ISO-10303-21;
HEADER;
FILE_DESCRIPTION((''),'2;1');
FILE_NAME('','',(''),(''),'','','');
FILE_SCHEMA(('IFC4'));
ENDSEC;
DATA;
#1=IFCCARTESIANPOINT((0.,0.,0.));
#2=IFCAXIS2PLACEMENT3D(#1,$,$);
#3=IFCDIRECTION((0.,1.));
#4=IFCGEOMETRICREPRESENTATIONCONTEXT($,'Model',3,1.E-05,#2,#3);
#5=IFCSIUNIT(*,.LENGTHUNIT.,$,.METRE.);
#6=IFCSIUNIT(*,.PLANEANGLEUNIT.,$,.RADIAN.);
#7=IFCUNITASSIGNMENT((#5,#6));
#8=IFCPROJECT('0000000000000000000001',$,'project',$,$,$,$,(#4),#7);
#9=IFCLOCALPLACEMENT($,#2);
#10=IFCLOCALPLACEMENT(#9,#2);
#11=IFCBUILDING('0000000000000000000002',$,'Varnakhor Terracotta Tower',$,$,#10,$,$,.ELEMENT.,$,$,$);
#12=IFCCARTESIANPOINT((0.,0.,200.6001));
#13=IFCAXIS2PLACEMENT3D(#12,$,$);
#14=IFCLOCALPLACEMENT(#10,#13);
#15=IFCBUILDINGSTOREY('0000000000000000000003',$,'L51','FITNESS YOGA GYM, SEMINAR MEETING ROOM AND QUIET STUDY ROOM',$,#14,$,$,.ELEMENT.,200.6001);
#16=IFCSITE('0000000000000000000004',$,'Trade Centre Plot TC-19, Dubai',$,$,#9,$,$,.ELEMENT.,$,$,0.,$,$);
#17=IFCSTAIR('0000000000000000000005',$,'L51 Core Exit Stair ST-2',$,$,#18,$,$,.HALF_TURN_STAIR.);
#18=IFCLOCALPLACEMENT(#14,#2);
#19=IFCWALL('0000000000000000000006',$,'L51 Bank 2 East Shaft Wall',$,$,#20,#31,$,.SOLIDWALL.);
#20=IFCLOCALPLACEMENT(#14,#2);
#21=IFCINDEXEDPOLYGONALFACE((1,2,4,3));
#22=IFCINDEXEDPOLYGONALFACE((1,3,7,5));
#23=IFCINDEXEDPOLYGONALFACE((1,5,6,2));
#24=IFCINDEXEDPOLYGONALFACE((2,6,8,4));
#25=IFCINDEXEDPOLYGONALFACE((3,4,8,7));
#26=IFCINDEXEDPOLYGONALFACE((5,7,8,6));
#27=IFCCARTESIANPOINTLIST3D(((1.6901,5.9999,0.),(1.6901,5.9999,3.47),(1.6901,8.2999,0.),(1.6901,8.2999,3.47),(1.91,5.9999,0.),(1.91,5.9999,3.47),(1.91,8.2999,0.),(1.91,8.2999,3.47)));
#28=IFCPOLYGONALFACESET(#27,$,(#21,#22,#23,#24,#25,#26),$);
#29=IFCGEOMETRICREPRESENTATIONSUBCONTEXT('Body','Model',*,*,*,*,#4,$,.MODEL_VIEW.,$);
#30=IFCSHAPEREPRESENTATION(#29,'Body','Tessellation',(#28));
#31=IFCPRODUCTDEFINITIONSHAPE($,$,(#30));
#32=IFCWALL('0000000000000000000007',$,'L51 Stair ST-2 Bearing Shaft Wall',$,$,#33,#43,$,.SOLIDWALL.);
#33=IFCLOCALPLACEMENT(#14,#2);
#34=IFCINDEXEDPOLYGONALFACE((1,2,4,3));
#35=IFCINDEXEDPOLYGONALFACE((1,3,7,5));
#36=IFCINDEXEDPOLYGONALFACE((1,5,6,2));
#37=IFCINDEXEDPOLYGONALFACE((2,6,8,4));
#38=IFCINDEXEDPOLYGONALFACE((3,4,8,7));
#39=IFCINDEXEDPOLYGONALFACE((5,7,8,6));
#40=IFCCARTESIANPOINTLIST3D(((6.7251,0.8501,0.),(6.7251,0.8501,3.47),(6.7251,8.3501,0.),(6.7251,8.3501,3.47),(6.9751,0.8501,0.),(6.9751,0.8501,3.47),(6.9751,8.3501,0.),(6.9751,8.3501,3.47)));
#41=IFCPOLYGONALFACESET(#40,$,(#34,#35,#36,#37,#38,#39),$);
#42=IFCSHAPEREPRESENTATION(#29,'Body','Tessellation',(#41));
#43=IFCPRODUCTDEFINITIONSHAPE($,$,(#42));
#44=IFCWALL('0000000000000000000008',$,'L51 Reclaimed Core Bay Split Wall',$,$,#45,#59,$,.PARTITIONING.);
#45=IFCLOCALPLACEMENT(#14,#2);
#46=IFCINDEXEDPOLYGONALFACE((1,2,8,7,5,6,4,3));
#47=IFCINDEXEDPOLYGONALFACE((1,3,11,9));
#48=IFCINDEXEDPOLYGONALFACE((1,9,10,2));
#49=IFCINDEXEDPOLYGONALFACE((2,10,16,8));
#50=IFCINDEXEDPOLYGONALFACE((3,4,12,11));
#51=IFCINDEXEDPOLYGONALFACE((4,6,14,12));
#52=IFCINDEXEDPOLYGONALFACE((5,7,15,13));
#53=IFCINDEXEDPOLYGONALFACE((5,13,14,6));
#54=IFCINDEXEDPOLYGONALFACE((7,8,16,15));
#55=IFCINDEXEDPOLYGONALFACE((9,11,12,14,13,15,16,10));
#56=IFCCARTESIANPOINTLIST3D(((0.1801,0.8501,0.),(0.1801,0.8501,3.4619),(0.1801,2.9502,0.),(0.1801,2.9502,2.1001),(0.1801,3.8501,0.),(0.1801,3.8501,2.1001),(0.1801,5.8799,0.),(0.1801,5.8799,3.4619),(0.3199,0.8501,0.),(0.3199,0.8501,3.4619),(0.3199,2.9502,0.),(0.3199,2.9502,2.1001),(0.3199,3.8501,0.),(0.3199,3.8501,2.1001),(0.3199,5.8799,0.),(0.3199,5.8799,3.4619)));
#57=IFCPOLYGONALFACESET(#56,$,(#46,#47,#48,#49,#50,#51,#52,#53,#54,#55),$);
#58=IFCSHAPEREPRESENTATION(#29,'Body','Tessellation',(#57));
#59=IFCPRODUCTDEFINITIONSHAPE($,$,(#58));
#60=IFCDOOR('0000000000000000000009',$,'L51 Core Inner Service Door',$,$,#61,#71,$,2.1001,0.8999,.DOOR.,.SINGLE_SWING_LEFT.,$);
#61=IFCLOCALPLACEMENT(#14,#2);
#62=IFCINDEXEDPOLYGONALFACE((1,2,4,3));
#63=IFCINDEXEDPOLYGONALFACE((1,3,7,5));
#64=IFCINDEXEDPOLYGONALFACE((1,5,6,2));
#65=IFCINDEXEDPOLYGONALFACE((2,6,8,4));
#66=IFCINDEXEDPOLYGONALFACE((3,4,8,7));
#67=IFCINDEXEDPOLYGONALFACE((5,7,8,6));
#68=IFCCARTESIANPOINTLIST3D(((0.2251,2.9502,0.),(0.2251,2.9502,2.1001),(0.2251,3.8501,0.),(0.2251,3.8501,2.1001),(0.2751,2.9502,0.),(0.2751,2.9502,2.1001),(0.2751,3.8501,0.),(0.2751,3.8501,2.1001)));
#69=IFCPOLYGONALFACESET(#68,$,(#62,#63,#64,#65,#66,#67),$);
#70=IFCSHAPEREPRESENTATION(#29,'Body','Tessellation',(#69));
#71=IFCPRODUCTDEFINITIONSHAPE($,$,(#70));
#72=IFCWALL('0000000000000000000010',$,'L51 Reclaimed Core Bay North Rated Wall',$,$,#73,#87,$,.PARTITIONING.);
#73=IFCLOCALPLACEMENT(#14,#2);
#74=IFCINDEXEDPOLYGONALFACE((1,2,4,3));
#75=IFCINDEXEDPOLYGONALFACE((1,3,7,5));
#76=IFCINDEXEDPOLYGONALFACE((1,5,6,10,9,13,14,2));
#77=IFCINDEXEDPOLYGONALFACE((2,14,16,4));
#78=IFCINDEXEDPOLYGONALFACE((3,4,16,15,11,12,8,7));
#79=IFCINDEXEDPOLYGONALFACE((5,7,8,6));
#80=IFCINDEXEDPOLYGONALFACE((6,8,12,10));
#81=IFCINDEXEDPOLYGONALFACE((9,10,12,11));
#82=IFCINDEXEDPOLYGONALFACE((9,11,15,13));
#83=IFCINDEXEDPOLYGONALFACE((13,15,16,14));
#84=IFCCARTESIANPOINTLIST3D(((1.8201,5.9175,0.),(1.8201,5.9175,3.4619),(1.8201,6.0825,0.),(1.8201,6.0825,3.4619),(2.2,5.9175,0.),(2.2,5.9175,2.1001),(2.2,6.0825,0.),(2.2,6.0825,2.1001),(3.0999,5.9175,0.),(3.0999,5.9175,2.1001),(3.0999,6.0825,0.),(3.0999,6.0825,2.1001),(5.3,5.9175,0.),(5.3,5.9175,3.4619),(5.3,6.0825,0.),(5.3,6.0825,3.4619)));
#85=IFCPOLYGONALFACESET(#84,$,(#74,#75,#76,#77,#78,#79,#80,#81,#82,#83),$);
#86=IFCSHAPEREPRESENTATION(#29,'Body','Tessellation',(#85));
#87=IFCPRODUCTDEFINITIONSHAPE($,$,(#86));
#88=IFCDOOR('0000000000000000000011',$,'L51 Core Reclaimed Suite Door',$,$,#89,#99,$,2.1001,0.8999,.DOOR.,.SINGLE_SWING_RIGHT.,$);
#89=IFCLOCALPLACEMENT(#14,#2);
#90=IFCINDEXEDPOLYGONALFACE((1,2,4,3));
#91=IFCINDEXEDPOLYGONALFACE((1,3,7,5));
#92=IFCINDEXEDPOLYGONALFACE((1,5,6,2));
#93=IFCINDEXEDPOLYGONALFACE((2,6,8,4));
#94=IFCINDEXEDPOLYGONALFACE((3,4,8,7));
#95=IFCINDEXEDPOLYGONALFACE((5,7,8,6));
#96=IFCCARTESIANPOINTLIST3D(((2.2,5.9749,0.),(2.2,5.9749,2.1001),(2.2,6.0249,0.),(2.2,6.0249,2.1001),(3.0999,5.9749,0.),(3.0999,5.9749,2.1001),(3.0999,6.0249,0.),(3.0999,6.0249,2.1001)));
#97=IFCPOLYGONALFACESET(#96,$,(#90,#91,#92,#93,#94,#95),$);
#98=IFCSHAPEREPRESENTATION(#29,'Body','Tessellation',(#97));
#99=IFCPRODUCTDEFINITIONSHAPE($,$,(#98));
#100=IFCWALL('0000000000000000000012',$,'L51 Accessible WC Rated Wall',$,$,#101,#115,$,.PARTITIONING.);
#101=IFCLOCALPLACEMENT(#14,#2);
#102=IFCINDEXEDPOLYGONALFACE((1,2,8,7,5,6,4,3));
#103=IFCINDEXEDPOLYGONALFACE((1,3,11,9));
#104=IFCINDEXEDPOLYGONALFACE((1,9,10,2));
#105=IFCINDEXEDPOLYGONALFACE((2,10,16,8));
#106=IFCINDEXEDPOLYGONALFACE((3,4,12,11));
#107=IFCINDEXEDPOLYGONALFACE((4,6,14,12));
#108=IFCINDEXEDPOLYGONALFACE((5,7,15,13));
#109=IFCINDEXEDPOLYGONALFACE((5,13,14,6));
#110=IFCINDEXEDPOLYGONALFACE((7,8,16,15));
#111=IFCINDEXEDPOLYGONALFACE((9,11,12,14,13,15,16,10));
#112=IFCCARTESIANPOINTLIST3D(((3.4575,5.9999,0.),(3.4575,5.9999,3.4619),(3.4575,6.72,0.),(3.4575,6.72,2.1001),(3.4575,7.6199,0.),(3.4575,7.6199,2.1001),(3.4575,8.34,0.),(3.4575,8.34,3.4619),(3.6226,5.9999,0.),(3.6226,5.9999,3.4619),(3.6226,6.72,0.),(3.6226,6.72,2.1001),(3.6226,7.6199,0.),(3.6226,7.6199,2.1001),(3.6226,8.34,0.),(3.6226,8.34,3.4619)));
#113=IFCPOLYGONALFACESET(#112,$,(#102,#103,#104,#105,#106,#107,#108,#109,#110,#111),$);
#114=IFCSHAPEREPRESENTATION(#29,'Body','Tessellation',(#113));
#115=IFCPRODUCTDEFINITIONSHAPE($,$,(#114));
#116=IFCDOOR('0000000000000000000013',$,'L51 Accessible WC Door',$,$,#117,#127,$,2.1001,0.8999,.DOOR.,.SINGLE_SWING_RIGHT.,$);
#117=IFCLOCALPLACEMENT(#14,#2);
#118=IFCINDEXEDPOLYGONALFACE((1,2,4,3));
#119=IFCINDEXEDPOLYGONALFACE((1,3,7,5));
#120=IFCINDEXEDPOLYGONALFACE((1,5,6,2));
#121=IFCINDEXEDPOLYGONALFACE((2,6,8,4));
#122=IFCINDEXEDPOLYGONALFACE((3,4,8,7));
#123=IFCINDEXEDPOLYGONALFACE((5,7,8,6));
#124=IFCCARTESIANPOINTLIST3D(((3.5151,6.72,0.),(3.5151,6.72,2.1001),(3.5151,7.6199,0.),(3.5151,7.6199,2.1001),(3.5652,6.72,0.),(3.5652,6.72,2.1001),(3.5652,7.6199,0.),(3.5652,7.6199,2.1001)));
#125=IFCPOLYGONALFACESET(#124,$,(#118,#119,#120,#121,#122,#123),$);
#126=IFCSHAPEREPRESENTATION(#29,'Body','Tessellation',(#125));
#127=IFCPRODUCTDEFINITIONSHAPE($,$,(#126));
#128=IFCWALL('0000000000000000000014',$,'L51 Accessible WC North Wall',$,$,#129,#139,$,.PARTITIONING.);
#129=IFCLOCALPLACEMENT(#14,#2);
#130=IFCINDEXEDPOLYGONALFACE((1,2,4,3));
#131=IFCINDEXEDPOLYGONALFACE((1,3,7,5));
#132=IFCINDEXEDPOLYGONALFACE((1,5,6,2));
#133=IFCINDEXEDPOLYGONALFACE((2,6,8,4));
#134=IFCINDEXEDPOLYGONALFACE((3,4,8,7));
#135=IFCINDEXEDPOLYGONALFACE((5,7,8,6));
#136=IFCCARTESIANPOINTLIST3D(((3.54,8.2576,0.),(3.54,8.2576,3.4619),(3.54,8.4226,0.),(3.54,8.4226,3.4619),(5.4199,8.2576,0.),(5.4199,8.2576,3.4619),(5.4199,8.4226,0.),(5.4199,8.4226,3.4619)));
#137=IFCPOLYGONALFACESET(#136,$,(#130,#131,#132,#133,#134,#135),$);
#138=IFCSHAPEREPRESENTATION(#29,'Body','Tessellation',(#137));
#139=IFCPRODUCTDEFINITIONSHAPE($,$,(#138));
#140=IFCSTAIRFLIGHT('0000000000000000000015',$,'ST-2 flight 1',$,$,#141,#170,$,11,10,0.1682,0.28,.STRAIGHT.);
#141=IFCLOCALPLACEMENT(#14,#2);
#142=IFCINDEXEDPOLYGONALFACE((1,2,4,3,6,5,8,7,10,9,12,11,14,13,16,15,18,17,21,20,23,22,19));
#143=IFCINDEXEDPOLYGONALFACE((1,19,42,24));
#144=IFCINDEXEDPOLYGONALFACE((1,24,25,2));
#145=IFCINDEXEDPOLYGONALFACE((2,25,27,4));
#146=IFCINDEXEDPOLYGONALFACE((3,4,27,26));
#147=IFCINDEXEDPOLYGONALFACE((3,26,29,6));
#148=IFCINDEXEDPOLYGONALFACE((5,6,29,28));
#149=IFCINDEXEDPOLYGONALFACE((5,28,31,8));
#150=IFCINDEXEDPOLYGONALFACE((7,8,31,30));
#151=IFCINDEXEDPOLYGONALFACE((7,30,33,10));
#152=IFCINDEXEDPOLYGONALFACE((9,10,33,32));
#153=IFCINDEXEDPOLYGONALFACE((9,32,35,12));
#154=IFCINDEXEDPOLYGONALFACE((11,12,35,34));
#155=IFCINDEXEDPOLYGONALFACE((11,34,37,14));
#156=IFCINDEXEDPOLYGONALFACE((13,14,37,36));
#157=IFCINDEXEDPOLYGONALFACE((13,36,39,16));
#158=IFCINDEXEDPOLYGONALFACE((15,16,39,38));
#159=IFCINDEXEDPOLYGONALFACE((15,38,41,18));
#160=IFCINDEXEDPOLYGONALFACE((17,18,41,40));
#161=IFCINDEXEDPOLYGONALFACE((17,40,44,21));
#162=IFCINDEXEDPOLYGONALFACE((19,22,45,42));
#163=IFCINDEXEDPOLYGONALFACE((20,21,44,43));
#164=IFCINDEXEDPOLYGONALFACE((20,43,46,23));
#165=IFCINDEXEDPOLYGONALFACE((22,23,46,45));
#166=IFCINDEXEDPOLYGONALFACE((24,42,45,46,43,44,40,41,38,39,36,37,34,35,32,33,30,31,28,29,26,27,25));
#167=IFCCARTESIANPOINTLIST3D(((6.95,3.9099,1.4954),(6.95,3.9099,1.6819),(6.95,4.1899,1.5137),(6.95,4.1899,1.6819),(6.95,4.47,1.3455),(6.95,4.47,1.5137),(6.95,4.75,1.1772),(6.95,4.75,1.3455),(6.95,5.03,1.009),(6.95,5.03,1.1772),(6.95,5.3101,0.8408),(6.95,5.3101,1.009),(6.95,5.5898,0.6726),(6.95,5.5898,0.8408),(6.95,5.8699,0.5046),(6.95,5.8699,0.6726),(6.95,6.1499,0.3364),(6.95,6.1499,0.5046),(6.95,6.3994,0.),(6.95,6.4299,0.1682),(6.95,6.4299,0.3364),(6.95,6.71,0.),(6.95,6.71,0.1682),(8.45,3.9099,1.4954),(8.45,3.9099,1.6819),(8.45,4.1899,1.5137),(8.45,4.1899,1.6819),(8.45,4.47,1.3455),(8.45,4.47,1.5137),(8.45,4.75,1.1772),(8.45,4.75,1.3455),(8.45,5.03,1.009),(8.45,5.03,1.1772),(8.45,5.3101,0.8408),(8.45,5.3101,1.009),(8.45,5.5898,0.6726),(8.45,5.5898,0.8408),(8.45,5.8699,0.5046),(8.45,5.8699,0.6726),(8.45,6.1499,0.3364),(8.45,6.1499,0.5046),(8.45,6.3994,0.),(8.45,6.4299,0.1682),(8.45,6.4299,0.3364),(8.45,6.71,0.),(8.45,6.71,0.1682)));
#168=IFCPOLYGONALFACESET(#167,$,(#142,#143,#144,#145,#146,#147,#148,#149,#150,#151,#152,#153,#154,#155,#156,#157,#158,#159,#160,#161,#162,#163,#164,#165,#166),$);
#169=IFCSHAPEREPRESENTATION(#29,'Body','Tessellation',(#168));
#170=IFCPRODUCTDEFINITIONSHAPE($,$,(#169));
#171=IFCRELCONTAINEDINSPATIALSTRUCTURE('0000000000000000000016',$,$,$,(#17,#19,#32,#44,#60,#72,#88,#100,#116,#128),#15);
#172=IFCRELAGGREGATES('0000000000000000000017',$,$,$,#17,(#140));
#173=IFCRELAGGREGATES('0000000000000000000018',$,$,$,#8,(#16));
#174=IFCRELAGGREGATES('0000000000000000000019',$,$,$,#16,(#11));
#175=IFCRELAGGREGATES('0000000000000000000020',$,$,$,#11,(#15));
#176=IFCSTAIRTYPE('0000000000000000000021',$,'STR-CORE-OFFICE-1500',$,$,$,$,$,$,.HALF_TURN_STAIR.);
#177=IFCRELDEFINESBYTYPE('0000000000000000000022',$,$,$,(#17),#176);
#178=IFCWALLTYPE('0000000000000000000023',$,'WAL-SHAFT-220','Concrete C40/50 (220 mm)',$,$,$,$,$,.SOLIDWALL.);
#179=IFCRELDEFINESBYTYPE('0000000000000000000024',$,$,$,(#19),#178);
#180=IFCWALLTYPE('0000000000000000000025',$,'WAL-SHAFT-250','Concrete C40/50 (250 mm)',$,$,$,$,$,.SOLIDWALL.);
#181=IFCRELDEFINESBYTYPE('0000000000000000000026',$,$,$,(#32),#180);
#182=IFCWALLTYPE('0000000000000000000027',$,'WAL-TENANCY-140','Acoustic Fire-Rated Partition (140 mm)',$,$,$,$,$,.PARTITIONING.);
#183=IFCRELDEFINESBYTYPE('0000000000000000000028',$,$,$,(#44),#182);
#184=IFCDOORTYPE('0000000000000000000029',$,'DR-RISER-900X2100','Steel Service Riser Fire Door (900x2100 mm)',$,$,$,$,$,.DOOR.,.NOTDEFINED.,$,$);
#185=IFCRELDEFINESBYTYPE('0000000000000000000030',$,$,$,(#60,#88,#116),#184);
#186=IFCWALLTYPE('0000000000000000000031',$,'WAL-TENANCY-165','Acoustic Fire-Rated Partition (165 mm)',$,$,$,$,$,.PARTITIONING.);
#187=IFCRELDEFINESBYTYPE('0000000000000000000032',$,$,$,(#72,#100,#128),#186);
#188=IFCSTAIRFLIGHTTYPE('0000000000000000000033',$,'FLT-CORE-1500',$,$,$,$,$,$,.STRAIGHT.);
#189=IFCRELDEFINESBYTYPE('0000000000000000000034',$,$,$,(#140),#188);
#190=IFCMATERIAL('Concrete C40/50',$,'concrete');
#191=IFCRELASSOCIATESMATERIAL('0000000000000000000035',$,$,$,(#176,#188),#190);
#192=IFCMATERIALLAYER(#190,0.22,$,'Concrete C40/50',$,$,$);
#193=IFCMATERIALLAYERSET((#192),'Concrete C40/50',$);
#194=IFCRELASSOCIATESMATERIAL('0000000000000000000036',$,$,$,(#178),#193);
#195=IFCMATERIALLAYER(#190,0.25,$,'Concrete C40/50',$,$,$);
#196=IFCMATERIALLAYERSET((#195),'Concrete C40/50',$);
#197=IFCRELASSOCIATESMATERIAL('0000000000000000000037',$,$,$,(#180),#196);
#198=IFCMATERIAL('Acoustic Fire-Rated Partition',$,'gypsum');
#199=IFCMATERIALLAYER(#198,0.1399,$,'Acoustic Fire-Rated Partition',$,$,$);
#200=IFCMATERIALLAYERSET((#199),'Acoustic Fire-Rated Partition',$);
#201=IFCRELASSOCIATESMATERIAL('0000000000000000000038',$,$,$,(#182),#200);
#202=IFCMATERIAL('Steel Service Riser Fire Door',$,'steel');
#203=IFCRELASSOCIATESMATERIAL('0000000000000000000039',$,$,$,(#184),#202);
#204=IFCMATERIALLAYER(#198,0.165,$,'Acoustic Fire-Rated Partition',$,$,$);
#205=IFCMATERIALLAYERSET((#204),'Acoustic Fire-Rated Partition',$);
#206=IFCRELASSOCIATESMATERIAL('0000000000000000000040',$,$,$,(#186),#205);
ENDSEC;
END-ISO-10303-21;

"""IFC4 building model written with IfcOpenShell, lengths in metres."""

from ifc_helpers import new_model, si_unit, direction, frame, frame_2d, origin, place, context, subcontext, project, spatial, polyline, rectangle, outline, extrude, source, transform, mapped, material, layer, layer_set, type_object, type_shapes, element, fill, aggregate, save


model = new_model("IFC4")

# Units and contexts
model_context = context("Model", 3, precision=1e-05, world=origin(), true_north=direction((0.0, 1.0)))
body_context = subcontext(model_context, "Body", "Model", "MODEL_VIEW")
ifc_project = project(units=[si_unit("LENGTHUNIT", "METRE"), si_unit("PLANEANGLEUNIT", "RADIAN")], contexts=[model_context])

# Site, building, storey
site_placement = place(None, origin())
site = spatial("IfcSite", under=ifc_project, at=site_placement, Name="Trade Centre Plot TC-19, Dubai", CompositionType="ELEMENT", RefElevation=0.0)
building_placement = place(site_placement, origin())
building = spatial("IfcBuilding", under=site, at=building_placement, Name="Varnakhor Terracotta Tower", CompositionType="ELEMENT")
storey_placement = place(building_placement, frame((0.0, 0.0, 200.6001)))
storey = spatial("IfcBuildingStorey", under=building, at=storey_placement, Name="L51", Description="FITNESS YOGA GYM, SEMINAR MEETING ROOM AND QUIET STUDY ROOM", CompositionType="ELEMENT", Elevation=200.6001)

# Stair
ifc_material_1 = material(Name="Concrete C40/50", Category="concrete")
stair_type = type_object("IfcStairType", Name="STR-CORE-OFFICE-1500", PredefinedType="HALF_TURN_STAIR", material=ifc_material_1)
stair_1_placement = place(storey_placement, origin())
stair_1 = element("IfcStair", 1, at=stair_1_placement, inside=storey, type_object=stair_type, Name="L51 Core Exit Stair ST-2", PredefinedType="HALF_TURN_STAIR")

# Walls
ifc_layer_1 = layer(ifc_material_1, 0.22, Name="Concrete C40/50")
ifc_layer_set_1 = layer_set([ifc_layer_1], Name="Concrete C40/50")
wall_type_1 = type_object("IfcWallType", Name="WAL-SHAFT-220", Description="Concrete C40/50 (220 mm)", PredefinedType="SOLIDWALL", material=ifc_layer_set_1)
wall_1_placement = place(storey_placement, frame((1.8, 6.0, 0.0), z_axis=(0.0, 0.0, 1.0), x_axis=(0.0, 1.0, 0.0)))
element("IfcWall", 2, at=wall_1_placement, inside=storey, type_object=wall_type_1, Name="L51 Bank 2 East Shaft Wall", PredefinedType="SOLIDWALL", context=body_context, shape_type="SweptSolid", body=[
    extrude(rectangle(XDim=2.3, YDim=0.22, at=frame_2d((1.1499, 0.0))), origin(), (0.0, 0.0, 1.0), 3.47),
])
ifc_layer_2 = layer(ifc_material_1, 0.25, Name="Concrete C40/50")
ifc_layer_set_2 = layer_set([ifc_layer_2], Name="Concrete C40/50")
wall_type_2 = type_object("IfcWallType", Name="WAL-SHAFT-250", Description="Concrete C40/50 (250 mm)", PredefinedType="SOLIDWALL", material=ifc_layer_set_2)
wall_2_placement = place(storey_placement, frame((6.8501, 0.8501, 0.0), z_axis=(0.0, 0.0, 1.0), x_axis=(0.0, 1.0, 0.0)))
element("IfcWall", 3, at=wall_2_placement, inside=storey, type_object=wall_type_2, Name="L51 Stair ST-2 Bearing Shaft Wall", PredefinedType="SOLIDWALL", context=body_context, shape_type="SweptSolid", body=[
    extrude(rectangle(XDim=7.5, YDim=0.25, at=frame_2d((3.75, 0.0))), origin(), (0.0, 0.0, 1.0), 3.47),
])

# Walls, openings, doors
ifc_material_2 = material(Name="Acoustic Fire-Rated Partition", Category="gypsum")
ifc_layer_3 = layer(ifc_material_2, 0.1399, Name="Acoustic Fire-Rated Partition")
ifc_layer_set_3 = layer_set([ifc_layer_3], Name="Acoustic Fire-Rated Partition")
wall_type_3 = type_object("IfcWallType", Name="WAL-TENANCY-140", Description="Acoustic Fire-Rated Partition (140 mm)", PredefinedType="PARTITIONING", material=ifc_layer_set_3)
wall_3_placement = place(storey_placement, frame((0.25, 0.8501, 0.0), z_axis=(0.0, 0.0, 1.0), x_axis=(0.0, 1.0, 0.0)))
wall_3 = element("IfcWall", 4, at=wall_3_placement, inside=storey, type_object=wall_type_3, Name="L51 Reclaimed Core Bay Split Wall", PredefinedType="PARTITIONING", context=body_context, shape_type="SweptSolid", body=[
    extrude(rectangle(XDim=5.0298, YDim=0.1399, at=frame_2d((2.5149, 0.0))), origin(), (0.0, 0.0, 1.0), 3.4619),
])
opening_1_placement = place(wall_3_placement, frame((2.1001, 0.0, 0.0)))
opening_1 = element("IfcOpeningElement", 5, at=opening_1_placement, cuts=wall_3, PredefinedType="OPENING", context=body_context, shape_type="SweptSolid", body=[
    extrude(rectangle(XDim=0.8999, YDim=2.1001, at=frame_2d((0.45, 1.05))), frame((0.0, 0.0801, 0.0), z_axis=(0.0, -1.0, 0.0), x_axis=(1.0, 0.0, 0.0)), (0.0, 0.0, 1.0), 0.1599),
])
ifc_material_3 = material(Name="Steel Service Riser Fire Door", Category="steel")
door_type_1 = type_object("IfcDoorType", Name="DR-RISER-900X2100", Description="Steel Service Riser Fire Door (900x2100 mm)", OperationType="NOTDEFINED", PredefinedType="DOOR", material=ifc_material_3)
shared_shape_1 = source(origin(), body_context, "Body", "SweptSolid", [
    extrude(rectangle(XDim=0.8999, YDim=2.1001, at=frame_2d((0.45, 1.05))), frame((0.0, 0.0249, 0.0), z_axis=(0.0, -1.0, 0.0), x_axis=(1.0, 0.0, 0.0)), (0.0, 0.0, 1.0), 0.05),
])
type_shapes(door_type_1, [shared_shape_1])
door_1_placement = place(opening_1_placement, origin())
door_1 = element("IfcDoor", 6, at=door_1_placement, inside=storey, type_object=door_type_1, Name="L51 Core Inner Service Door", OperationType="SINGLE_SWING_LEFT", OverallHeight=2.1001, OverallWidth=0.8999, PredefinedType="DOOR", context=body_context, shape_type="MappedRepresentation", body=[
    mapped(shared_shape_1, transform((0.0, 0.0, 0.0), scale=1.0)),
])
fill(opening_1, door_1)
ifc_layer_4 = layer(ifc_material_2, 0.165, Name="Acoustic Fire-Rated Partition")
ifc_layer_set_4 = layer_set([ifc_layer_4], Name="Acoustic Fire-Rated Partition")
wall_type_4 = type_object("IfcWallType", Name="WAL-TENANCY-165", Description="Acoustic Fire-Rated Partition (165 mm)", PredefinedType="PARTITIONING", material=ifc_layer_set_4)
wall_4_placement = place(storey_placement, frame((1.8201, 6.0, 0.0), z_axis=(0.0, 0.0, 1.0), x_axis=(1.0, 0.0, 0.0)))
wall_4 = element("IfcWall", 7, at=wall_4_placement, inside=storey, type_object=wall_type_4, Name="L51 Reclaimed Core Bay North Rated Wall", PredefinedType="PARTITIONING", context=body_context, shape_type="SweptSolid", body=[
    extrude(rectangle(XDim=3.48, YDim=0.165, at=frame_2d((1.74, 0.0))), origin(), (0.0, 0.0, 1.0), 3.4619),
])
opening_2_placement = place(wall_4_placement, frame((0.3799, 0.0, 0.0)))
opening_2 = element("IfcOpeningElement", 8, at=opening_2_placement, cuts=wall_4, PredefinedType="OPENING", context=body_context, shape_type="SweptSolid", body=[
    extrude(rectangle(XDim=0.8999, YDim=2.1001, at=frame_2d((0.45, 1.05))), frame((0.0, 0.0925, 0.0), z_axis=(0.0, -1.0, 0.0), x_axis=(1.0, 0.0, 0.0)), (0.0, 0.0, 1.0), 0.1851),
])
door_2_placement = place(opening_2_placement, origin())
door_2 = element("IfcDoor", 9, at=door_2_placement, inside=storey, type_object=door_type_1, Name="L51 Core Reclaimed Suite Door", OperationType="SINGLE_SWING_RIGHT", OverallHeight=2.1001, OverallWidth=0.8999, PredefinedType="DOOR", context=body_context, shape_type="MappedRepresentation", body=[
    mapped(shared_shape_1, transform((0.0, 0.0, 0.0), scale=1.0)),
])
fill(opening_2, door_2)
wall_5_placement = place(storey_placement, frame((3.54, 6.0, 0.0), z_axis=(0.0, 0.0, 1.0), x_axis=(0.0, 1.0, 0.0)))
wall_5 = element("IfcWall", 10, at=wall_5_placement, inside=storey, type_object=wall_type_4, Name="L51 Accessible WC Rated Wall", PredefinedType="PARTITIONING", context=body_context, shape_type="SweptSolid", body=[
    extrude(rectangle(XDim=2.3401, YDim=0.165, at=frame_2d((1.1699, 0.0))), origin(), (0.0, 0.0, 1.0), 3.4619),
])
opening_3_placement = place(wall_5_placement, frame((0.72, 0.0, 0.0)))
opening_3 = element("IfcOpeningElement", 11, at=opening_3_placement, cuts=wall_5, PredefinedType="OPENING", context=body_context, shape_type="SweptSolid", body=[
    extrude(rectangle(XDim=0.8999, YDim=2.1001, at=frame_2d((0.45, 1.05))), frame((0.0, 0.0925, 0.0), z_axis=(0.0, -1.0, 0.0), x_axis=(1.0, 0.0, 0.0)), (0.0, 0.0, 1.0), 0.1851),
])
door_3_placement = place(opening_3_placement, origin())
door_3 = element("IfcDoor", 12, at=door_3_placement, inside=storey, type_object=door_type_1, Name="L51 Accessible WC Door", OperationType="SINGLE_SWING_RIGHT", OverallHeight=2.1001, OverallWidth=0.8999, PredefinedType="DOOR", context=body_context, shape_type="MappedRepresentation", body=[
    mapped(shared_shape_1, transform((0.0, 0.0, 0.0), scale=1.0)),
])
fill(opening_3, door_3)

# Wall
wall_6_placement = place(storey_placement, frame((3.54, 8.3401, 0.0), z_axis=(0.0, 0.0, 1.0), x_axis=(1.0, 0.0, 0.0)))
element("IfcWall", 13, at=wall_6_placement, inside=storey, type_object=wall_type_4, Name="L51 Accessible WC North Wall", PredefinedType="PARTITIONING", context=body_context, shape_type="SweptSolid", body=[
    extrude(rectangle(XDim=1.8799, YDim=0.165, at=frame_2d((0.9399, 0.0))), origin(), (0.0, 0.0, 1.0), 3.4619),
])

# Stair flight
stair_flight_type = type_object("IfcStairFlightType", Name="FLT-CORE-1500", PredefinedType="STRAIGHT", material=ifc_material_1)
stair_flight_1_placement = place(storey_placement, frame((7.7, 6.71, 0.0), z_axis=(0.0, 0.0, 1.0), x_axis=(0.0, -1.0, 0.0)))
stair_flight_1 = element("IfcStairFlight", 14, at=stair_flight_1_placement, type_object=stair_flight_type, Name="ST-2 flight 1", NumberOfRisers=11, NumberOfTreads=10, PredefinedType="STRAIGHT", RiserHeight=0.1682, TreadLength=0.28, context=body_context, shape_type="SweptSolid", body=[
    extrude(outline(polyline([(0.0, 0.0), (0.0, 0.1682), (0.28, 0.1682), (0.28, 0.3364), (0.5601, 0.3364), (0.5601, 0.5046), (0.8401, 0.5046), (0.8401, 0.6726), (1.1201, 0.6726), (1.1201, 0.8408), (1.3999, 0.8408), (1.3999, 1.009), (1.6799, 1.009), (1.6799, 1.1772), (1.96, 1.1772), (1.96, 1.3455), (2.24, 1.3455), (2.24, 1.5137), (2.52, 1.5137), (2.52, 1.6819), (2.8, 1.6819), (2.8, 1.8501), (2.8, 1.4954), (0.3105, 0.0), (0.0, 0.0)])), frame((0.0, 0.75, 0.0), z_axis=(0.0, -1.0, 0.0), x_axis=(1.0, 0.0, 0.0)), (0.0, 0.0, 1.0), 1.5),
])
aggregate(stair_1, [stair_flight_1])

save(model, "model.ifc")
